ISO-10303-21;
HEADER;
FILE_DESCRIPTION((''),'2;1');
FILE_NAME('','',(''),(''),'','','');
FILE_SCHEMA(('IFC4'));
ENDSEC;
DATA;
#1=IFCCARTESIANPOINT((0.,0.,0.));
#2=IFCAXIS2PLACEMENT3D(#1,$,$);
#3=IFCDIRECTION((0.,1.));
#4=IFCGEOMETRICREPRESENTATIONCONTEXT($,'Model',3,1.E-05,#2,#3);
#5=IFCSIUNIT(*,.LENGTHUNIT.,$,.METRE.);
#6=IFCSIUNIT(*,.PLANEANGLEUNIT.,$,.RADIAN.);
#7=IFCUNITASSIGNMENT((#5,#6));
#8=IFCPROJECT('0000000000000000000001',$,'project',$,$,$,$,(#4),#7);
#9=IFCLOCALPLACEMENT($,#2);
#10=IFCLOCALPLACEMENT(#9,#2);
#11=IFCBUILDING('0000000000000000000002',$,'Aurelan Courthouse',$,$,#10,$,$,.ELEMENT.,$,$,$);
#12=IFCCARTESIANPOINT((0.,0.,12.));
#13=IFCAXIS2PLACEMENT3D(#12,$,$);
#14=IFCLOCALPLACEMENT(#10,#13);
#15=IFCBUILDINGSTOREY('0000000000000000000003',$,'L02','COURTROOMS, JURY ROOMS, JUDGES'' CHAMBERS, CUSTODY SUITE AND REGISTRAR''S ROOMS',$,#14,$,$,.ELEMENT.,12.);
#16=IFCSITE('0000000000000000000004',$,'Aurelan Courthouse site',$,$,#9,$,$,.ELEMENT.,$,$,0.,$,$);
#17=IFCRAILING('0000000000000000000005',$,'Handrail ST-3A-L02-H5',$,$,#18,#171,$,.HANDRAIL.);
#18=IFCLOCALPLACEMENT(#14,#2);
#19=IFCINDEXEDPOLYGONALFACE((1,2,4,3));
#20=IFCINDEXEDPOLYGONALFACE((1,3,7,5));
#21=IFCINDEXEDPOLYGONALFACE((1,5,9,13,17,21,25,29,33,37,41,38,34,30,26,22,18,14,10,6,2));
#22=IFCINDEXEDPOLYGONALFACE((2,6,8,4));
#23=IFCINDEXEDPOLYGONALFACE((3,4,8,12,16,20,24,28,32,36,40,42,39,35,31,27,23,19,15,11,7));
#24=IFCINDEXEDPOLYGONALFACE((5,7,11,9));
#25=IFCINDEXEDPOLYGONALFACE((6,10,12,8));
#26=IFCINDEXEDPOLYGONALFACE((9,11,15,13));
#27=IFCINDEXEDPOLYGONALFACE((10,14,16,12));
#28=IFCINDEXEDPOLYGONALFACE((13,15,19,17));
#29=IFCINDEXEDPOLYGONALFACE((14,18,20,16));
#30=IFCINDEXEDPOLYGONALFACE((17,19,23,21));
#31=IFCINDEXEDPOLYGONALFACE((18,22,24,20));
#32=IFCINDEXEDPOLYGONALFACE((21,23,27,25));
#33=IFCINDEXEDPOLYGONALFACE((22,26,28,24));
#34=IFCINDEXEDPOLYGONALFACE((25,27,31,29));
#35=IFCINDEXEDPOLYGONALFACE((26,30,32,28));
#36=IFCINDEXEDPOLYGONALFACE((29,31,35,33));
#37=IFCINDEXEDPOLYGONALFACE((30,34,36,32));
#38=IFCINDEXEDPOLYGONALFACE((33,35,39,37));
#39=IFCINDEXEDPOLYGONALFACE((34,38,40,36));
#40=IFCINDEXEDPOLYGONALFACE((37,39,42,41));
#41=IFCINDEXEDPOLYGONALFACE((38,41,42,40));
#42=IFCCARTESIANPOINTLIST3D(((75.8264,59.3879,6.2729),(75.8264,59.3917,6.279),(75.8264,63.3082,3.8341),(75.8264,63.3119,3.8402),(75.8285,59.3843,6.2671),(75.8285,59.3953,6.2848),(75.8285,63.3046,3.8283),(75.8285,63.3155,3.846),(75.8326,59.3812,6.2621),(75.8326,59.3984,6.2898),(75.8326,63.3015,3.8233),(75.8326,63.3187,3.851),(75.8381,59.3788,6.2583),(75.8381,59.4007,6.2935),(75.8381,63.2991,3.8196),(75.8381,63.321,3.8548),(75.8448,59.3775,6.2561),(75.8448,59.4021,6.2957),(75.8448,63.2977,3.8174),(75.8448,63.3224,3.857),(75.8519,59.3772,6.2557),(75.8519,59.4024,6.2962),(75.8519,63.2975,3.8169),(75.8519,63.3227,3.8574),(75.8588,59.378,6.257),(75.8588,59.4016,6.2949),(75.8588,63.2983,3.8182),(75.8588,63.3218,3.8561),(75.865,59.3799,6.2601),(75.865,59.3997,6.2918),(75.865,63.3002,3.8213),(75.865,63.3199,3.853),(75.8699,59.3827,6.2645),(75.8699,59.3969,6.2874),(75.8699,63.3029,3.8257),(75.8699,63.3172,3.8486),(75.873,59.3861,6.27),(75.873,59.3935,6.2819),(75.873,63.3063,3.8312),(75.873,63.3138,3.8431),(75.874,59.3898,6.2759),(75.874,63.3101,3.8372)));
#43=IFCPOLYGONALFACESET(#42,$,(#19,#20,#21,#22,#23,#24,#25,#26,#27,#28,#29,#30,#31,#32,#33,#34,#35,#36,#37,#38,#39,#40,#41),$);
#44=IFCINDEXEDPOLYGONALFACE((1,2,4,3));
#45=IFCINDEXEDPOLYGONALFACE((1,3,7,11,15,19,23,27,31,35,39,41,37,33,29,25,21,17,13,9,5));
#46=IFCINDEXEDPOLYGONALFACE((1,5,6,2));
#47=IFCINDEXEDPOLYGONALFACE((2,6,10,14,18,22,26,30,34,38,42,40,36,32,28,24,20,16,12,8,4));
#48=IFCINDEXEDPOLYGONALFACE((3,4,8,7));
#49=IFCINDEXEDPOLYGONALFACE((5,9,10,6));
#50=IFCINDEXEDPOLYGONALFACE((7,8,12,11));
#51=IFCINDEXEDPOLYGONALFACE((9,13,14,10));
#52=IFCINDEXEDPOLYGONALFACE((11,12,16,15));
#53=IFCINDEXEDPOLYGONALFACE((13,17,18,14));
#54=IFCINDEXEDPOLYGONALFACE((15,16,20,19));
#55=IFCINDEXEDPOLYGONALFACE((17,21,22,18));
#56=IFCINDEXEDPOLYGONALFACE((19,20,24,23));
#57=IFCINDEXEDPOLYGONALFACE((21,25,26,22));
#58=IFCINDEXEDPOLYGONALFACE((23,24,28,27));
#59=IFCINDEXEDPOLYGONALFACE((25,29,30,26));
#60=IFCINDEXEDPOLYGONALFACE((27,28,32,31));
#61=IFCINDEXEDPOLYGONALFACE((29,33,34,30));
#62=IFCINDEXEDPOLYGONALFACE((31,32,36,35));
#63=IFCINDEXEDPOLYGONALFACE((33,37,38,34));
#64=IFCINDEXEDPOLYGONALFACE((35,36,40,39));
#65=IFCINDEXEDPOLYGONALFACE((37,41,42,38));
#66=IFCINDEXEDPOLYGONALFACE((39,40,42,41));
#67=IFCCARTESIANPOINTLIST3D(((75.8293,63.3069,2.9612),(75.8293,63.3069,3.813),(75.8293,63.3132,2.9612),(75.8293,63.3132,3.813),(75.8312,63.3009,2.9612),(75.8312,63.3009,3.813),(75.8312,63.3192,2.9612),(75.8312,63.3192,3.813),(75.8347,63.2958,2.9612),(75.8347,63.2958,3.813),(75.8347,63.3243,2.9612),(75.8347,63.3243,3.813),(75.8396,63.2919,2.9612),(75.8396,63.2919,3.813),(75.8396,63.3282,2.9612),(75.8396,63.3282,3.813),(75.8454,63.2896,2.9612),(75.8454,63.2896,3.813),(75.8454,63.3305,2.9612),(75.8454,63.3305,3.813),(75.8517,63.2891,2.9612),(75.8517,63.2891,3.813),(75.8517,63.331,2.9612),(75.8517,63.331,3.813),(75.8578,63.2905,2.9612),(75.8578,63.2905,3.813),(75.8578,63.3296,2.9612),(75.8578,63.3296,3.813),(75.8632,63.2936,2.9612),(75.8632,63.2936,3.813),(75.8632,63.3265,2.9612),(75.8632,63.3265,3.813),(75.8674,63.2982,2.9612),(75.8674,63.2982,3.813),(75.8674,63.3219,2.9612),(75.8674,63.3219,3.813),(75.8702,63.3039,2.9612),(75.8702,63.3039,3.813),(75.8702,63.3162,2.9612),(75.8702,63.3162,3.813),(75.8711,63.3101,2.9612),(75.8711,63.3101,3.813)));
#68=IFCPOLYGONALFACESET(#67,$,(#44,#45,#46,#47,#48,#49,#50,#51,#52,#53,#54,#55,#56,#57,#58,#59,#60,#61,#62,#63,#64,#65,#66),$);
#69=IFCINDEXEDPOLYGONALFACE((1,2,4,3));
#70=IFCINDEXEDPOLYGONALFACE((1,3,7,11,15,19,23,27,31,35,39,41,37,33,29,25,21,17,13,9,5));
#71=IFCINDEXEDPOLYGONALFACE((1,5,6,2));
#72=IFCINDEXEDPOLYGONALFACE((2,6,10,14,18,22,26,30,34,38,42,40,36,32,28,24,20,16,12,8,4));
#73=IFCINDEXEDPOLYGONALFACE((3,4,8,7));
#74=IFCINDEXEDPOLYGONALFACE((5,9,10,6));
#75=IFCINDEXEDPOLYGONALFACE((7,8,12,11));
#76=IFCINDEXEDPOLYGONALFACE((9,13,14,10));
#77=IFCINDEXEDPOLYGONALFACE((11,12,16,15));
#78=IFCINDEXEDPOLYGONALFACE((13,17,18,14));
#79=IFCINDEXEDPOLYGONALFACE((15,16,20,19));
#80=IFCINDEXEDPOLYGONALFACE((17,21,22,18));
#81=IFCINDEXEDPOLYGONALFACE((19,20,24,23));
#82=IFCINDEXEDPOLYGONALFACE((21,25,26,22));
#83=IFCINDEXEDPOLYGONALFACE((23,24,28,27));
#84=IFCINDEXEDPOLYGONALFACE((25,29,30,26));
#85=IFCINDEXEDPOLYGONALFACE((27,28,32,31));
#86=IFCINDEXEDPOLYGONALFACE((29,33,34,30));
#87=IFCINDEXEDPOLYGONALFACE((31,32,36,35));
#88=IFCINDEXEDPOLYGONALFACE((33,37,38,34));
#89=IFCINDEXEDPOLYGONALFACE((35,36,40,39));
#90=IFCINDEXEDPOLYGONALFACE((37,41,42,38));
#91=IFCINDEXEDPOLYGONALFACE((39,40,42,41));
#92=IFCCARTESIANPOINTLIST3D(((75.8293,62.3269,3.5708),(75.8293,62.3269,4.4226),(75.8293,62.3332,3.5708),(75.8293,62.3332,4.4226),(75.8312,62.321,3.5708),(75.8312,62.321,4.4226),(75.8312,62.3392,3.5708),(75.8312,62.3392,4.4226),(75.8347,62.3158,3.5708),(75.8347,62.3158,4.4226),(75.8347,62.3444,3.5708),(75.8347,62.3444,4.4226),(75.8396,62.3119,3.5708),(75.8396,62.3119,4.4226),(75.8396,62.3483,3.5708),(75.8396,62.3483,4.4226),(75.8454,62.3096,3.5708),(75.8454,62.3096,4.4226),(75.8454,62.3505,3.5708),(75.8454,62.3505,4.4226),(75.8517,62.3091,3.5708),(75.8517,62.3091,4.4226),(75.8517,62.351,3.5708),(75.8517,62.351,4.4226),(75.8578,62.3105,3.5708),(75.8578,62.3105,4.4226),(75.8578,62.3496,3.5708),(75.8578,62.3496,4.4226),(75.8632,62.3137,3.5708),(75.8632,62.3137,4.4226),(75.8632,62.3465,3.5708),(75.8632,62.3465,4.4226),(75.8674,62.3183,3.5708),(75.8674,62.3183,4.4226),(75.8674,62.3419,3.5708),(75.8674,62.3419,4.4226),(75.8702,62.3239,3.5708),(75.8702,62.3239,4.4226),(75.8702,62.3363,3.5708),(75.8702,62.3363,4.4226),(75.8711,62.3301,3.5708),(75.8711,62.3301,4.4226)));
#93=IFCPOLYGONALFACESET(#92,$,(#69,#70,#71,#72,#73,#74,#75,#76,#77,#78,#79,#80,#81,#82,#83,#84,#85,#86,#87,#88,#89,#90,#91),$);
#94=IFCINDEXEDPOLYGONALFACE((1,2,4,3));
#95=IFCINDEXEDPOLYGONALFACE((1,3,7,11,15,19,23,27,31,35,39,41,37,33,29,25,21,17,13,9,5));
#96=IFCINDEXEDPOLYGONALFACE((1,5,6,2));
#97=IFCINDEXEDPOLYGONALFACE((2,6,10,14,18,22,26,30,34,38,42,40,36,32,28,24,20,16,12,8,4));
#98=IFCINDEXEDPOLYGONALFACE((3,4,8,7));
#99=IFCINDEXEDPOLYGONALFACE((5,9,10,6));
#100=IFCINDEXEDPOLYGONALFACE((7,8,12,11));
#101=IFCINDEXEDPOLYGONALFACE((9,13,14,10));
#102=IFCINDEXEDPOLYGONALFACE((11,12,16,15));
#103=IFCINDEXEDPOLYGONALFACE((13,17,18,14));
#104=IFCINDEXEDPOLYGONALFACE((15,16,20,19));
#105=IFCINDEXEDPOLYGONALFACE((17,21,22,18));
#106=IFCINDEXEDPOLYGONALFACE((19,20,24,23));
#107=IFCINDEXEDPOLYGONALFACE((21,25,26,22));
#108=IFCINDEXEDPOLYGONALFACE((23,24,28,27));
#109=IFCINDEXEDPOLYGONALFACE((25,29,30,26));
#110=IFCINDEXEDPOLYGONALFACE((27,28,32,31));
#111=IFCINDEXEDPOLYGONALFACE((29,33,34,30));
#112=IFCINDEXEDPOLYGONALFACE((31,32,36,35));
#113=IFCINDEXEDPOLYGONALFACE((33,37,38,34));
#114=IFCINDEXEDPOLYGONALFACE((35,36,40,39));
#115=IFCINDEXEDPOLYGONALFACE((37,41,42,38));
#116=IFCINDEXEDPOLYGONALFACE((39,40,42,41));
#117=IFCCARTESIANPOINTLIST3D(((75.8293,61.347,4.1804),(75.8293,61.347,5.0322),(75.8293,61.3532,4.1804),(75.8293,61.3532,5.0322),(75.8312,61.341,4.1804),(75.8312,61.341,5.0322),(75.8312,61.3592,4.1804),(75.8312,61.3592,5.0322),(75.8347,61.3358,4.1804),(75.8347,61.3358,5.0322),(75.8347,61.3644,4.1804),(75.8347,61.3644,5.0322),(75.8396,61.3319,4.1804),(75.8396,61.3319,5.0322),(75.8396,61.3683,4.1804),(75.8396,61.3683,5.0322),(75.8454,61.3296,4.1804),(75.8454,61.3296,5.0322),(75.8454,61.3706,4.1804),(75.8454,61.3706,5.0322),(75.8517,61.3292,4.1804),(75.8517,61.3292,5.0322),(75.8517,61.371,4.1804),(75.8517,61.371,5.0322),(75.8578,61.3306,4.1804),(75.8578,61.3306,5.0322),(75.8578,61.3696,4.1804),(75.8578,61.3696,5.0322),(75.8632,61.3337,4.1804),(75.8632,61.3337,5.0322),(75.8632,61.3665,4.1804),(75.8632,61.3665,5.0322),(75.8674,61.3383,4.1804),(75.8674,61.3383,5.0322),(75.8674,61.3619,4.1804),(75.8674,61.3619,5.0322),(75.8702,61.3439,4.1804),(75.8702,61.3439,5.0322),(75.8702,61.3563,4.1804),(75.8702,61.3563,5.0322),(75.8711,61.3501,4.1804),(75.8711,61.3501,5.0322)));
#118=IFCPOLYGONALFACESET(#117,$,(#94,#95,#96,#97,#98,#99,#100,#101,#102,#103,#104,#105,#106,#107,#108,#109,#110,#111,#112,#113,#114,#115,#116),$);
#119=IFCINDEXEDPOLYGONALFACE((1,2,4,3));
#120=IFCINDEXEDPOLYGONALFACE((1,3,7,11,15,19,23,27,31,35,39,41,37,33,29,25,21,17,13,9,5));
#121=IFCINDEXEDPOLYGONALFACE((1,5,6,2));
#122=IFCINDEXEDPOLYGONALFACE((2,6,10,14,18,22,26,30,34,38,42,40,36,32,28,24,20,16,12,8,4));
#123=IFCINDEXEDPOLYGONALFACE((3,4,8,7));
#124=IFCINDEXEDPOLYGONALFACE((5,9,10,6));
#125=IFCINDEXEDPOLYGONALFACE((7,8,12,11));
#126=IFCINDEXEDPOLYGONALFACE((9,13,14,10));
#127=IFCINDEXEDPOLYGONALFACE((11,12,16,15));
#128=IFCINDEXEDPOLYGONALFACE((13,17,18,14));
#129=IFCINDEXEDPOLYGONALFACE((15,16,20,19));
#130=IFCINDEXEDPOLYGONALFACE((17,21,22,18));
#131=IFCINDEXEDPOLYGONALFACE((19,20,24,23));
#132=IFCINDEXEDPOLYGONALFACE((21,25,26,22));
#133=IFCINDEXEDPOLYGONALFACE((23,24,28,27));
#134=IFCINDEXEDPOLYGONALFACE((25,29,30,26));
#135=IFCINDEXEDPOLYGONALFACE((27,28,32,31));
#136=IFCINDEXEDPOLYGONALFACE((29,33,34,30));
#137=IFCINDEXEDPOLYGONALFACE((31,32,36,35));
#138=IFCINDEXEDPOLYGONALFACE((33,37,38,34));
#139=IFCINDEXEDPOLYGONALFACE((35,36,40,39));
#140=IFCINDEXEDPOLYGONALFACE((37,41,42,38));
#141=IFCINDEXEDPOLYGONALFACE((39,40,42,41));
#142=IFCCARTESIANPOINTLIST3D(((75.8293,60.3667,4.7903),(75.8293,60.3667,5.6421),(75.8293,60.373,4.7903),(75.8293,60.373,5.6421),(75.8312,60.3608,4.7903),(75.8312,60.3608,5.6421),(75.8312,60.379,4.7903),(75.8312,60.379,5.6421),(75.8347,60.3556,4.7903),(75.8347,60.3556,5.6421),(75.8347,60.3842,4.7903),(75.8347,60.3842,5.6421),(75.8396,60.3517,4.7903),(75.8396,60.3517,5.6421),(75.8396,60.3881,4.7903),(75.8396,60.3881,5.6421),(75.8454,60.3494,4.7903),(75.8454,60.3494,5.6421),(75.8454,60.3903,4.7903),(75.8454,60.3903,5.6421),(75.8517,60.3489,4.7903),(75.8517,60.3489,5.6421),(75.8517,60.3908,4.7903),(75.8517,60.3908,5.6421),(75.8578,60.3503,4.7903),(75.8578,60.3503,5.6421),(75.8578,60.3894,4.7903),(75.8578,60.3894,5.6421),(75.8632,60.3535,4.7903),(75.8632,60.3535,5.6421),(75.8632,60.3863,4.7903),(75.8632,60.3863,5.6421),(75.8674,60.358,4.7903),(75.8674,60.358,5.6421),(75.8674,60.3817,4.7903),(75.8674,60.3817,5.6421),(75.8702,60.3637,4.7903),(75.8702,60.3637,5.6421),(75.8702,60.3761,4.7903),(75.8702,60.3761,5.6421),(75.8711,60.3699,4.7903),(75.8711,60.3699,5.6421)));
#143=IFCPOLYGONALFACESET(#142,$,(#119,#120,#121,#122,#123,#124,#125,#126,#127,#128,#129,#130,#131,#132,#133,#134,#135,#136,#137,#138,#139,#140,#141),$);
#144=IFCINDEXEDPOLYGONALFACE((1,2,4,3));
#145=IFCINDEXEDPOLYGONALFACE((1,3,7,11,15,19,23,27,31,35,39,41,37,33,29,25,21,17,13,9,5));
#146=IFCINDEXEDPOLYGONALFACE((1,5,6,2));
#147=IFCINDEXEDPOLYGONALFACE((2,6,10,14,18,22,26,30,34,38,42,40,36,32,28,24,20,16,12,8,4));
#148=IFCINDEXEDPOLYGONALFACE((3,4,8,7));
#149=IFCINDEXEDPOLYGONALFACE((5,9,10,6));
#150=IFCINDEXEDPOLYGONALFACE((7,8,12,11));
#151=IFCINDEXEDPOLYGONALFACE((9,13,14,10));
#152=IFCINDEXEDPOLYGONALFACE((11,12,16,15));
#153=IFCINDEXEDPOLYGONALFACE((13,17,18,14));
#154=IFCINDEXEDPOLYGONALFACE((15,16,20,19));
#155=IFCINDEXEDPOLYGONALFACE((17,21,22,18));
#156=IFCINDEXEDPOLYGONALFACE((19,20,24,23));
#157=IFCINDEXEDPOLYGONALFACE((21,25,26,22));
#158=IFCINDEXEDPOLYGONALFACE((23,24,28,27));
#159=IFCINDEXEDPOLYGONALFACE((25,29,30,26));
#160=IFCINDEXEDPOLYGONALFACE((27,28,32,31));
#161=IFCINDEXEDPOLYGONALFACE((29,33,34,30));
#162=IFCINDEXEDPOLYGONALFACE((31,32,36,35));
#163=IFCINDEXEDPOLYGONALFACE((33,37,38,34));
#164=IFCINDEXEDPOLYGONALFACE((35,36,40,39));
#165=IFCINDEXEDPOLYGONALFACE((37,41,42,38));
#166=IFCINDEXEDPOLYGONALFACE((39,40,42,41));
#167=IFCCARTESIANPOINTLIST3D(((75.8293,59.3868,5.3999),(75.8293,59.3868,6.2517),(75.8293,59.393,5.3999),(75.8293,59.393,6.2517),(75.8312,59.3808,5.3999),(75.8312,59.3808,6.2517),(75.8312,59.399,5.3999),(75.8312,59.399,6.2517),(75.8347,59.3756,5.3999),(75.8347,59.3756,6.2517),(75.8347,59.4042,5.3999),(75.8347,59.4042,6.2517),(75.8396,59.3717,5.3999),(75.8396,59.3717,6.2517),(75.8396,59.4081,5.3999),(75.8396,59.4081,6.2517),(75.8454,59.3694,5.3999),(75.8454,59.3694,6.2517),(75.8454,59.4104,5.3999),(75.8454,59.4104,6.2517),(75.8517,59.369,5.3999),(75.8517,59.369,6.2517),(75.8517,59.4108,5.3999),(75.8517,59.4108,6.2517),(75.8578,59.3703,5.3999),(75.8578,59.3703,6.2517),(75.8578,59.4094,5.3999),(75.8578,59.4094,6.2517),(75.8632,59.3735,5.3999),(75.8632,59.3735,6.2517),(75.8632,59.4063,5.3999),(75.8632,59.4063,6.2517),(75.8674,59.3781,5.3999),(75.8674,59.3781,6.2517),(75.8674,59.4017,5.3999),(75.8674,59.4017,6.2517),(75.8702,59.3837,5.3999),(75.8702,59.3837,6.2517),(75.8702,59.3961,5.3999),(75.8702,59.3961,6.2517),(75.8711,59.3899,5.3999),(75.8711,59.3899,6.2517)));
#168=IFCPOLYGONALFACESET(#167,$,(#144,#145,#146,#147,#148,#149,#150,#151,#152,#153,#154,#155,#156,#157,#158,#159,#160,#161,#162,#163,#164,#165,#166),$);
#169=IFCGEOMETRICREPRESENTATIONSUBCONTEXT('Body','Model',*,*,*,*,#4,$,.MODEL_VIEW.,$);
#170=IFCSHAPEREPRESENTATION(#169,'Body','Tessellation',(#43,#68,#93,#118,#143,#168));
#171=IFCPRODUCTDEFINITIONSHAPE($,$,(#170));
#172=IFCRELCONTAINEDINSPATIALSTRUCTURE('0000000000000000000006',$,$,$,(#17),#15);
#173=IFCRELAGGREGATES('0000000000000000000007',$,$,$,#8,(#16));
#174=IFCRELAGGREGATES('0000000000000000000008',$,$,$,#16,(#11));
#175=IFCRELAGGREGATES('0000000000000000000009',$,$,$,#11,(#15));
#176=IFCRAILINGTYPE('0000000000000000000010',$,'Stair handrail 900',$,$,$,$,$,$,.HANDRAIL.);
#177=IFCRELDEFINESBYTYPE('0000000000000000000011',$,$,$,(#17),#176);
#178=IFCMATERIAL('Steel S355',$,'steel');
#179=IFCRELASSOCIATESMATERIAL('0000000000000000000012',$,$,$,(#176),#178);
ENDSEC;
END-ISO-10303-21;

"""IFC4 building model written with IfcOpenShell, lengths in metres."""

from ifc_helpers import new_model, si_unit, direction, frame, origin, origin_2d, place, context, subcontext, project, spatial, circle, extrude, material, type_object, element, save


model = new_model("IFC4")

# Units and contexts
model_context = context("Model", 3, precision=1e-05, world=origin(), true_north=direction((0.0, 1.0)))
body_context = subcontext(model_context, "Body", "Model", "MODEL_VIEW")
ifc_project = project(units=[si_unit("LENGTHUNIT", "METRE"), si_unit("PLANEANGLEUNIT", "RADIAN")], contexts=[model_context])

# Site, building, storey
site_placement = place(None, origin())
site = spatial("IfcSite", under=ifc_project, at=site_placement, Name="Aurelan Courthouse site", CompositionType="ELEMENT", RefElevation=0.0)
building_placement = place(site_placement, origin())
building = spatial("IfcBuilding", under=site, at=building_placement, Name="Aurelan Courthouse", CompositionType="ELEMENT")
storey_placement = place(building_placement, frame((0.0, 0.0, 12.0)))
storey = spatial("IfcBuildingStorey", under=building, at=storey_placement, Name="L02", Description="COURTROOMS, JURY ROOMS, JUDGES' CHAMBERS, CUSTODY SUITE AND REGISTRAR'S ROOMS", CompositionType="ELEMENT", Elevation=12.0)

# Railing
ifc_material_1 = material(Name="Steel S355", Category="steel")
railing_type_1 = type_object("IfcRailingType", Name="Stair handrail 900", PredefinedType="HANDRAIL", material=ifc_material_1)
for number, where, name in (
    (1, (75.8501, 63.3101, 2.9612), "Handrail ST-3A-L02-H5"),
):
    element("IfcRailing", number, at=place(storey_placement, frame(where)), inside=storey, type_object=railing_type_1, Name=name, PredefinedType="HANDRAIL", context=body_context, shape_type="SweptSolid", body=[
        extrude(circle(Radius=0.0239, at=origin_2d()), frame((0.0, 0.0, 0.876), z_axis=(0.0, -0.849105, 0.528225), x_axis=(1.0, 0.0, 0.0)), (0.0, 0.0, 1.0), 4.6169),
        extrude(circle(Radius=0.021, at=origin_2d()), origin(), (0.0, 0.0, 1.0), 0.8518),
        extrude(circle(Radius=0.021, at=origin_2d()), frame((0.0, -0.98, 0.6096)), (0.0, 0.0, 1.0), 0.8518),
        extrude(circle(Radius=0.021, at=origin_2d()), frame((0.0, -1.96, 1.2192)), (0.0, 0.0, 1.0), 0.8518),
        extrude(circle(Radius=0.021, at=origin_2d()), frame((0.0, -2.9402, 1.8291)), (0.0, 0.0, 1.0), 0.8518),
        extrude(circle(Radius=0.021, at=origin_2d()), frame((0.0, -3.9202, 2.4387)), (0.0, 0.0, 1.0), 0.8518),
    ])

save(model, "model.ifc")
